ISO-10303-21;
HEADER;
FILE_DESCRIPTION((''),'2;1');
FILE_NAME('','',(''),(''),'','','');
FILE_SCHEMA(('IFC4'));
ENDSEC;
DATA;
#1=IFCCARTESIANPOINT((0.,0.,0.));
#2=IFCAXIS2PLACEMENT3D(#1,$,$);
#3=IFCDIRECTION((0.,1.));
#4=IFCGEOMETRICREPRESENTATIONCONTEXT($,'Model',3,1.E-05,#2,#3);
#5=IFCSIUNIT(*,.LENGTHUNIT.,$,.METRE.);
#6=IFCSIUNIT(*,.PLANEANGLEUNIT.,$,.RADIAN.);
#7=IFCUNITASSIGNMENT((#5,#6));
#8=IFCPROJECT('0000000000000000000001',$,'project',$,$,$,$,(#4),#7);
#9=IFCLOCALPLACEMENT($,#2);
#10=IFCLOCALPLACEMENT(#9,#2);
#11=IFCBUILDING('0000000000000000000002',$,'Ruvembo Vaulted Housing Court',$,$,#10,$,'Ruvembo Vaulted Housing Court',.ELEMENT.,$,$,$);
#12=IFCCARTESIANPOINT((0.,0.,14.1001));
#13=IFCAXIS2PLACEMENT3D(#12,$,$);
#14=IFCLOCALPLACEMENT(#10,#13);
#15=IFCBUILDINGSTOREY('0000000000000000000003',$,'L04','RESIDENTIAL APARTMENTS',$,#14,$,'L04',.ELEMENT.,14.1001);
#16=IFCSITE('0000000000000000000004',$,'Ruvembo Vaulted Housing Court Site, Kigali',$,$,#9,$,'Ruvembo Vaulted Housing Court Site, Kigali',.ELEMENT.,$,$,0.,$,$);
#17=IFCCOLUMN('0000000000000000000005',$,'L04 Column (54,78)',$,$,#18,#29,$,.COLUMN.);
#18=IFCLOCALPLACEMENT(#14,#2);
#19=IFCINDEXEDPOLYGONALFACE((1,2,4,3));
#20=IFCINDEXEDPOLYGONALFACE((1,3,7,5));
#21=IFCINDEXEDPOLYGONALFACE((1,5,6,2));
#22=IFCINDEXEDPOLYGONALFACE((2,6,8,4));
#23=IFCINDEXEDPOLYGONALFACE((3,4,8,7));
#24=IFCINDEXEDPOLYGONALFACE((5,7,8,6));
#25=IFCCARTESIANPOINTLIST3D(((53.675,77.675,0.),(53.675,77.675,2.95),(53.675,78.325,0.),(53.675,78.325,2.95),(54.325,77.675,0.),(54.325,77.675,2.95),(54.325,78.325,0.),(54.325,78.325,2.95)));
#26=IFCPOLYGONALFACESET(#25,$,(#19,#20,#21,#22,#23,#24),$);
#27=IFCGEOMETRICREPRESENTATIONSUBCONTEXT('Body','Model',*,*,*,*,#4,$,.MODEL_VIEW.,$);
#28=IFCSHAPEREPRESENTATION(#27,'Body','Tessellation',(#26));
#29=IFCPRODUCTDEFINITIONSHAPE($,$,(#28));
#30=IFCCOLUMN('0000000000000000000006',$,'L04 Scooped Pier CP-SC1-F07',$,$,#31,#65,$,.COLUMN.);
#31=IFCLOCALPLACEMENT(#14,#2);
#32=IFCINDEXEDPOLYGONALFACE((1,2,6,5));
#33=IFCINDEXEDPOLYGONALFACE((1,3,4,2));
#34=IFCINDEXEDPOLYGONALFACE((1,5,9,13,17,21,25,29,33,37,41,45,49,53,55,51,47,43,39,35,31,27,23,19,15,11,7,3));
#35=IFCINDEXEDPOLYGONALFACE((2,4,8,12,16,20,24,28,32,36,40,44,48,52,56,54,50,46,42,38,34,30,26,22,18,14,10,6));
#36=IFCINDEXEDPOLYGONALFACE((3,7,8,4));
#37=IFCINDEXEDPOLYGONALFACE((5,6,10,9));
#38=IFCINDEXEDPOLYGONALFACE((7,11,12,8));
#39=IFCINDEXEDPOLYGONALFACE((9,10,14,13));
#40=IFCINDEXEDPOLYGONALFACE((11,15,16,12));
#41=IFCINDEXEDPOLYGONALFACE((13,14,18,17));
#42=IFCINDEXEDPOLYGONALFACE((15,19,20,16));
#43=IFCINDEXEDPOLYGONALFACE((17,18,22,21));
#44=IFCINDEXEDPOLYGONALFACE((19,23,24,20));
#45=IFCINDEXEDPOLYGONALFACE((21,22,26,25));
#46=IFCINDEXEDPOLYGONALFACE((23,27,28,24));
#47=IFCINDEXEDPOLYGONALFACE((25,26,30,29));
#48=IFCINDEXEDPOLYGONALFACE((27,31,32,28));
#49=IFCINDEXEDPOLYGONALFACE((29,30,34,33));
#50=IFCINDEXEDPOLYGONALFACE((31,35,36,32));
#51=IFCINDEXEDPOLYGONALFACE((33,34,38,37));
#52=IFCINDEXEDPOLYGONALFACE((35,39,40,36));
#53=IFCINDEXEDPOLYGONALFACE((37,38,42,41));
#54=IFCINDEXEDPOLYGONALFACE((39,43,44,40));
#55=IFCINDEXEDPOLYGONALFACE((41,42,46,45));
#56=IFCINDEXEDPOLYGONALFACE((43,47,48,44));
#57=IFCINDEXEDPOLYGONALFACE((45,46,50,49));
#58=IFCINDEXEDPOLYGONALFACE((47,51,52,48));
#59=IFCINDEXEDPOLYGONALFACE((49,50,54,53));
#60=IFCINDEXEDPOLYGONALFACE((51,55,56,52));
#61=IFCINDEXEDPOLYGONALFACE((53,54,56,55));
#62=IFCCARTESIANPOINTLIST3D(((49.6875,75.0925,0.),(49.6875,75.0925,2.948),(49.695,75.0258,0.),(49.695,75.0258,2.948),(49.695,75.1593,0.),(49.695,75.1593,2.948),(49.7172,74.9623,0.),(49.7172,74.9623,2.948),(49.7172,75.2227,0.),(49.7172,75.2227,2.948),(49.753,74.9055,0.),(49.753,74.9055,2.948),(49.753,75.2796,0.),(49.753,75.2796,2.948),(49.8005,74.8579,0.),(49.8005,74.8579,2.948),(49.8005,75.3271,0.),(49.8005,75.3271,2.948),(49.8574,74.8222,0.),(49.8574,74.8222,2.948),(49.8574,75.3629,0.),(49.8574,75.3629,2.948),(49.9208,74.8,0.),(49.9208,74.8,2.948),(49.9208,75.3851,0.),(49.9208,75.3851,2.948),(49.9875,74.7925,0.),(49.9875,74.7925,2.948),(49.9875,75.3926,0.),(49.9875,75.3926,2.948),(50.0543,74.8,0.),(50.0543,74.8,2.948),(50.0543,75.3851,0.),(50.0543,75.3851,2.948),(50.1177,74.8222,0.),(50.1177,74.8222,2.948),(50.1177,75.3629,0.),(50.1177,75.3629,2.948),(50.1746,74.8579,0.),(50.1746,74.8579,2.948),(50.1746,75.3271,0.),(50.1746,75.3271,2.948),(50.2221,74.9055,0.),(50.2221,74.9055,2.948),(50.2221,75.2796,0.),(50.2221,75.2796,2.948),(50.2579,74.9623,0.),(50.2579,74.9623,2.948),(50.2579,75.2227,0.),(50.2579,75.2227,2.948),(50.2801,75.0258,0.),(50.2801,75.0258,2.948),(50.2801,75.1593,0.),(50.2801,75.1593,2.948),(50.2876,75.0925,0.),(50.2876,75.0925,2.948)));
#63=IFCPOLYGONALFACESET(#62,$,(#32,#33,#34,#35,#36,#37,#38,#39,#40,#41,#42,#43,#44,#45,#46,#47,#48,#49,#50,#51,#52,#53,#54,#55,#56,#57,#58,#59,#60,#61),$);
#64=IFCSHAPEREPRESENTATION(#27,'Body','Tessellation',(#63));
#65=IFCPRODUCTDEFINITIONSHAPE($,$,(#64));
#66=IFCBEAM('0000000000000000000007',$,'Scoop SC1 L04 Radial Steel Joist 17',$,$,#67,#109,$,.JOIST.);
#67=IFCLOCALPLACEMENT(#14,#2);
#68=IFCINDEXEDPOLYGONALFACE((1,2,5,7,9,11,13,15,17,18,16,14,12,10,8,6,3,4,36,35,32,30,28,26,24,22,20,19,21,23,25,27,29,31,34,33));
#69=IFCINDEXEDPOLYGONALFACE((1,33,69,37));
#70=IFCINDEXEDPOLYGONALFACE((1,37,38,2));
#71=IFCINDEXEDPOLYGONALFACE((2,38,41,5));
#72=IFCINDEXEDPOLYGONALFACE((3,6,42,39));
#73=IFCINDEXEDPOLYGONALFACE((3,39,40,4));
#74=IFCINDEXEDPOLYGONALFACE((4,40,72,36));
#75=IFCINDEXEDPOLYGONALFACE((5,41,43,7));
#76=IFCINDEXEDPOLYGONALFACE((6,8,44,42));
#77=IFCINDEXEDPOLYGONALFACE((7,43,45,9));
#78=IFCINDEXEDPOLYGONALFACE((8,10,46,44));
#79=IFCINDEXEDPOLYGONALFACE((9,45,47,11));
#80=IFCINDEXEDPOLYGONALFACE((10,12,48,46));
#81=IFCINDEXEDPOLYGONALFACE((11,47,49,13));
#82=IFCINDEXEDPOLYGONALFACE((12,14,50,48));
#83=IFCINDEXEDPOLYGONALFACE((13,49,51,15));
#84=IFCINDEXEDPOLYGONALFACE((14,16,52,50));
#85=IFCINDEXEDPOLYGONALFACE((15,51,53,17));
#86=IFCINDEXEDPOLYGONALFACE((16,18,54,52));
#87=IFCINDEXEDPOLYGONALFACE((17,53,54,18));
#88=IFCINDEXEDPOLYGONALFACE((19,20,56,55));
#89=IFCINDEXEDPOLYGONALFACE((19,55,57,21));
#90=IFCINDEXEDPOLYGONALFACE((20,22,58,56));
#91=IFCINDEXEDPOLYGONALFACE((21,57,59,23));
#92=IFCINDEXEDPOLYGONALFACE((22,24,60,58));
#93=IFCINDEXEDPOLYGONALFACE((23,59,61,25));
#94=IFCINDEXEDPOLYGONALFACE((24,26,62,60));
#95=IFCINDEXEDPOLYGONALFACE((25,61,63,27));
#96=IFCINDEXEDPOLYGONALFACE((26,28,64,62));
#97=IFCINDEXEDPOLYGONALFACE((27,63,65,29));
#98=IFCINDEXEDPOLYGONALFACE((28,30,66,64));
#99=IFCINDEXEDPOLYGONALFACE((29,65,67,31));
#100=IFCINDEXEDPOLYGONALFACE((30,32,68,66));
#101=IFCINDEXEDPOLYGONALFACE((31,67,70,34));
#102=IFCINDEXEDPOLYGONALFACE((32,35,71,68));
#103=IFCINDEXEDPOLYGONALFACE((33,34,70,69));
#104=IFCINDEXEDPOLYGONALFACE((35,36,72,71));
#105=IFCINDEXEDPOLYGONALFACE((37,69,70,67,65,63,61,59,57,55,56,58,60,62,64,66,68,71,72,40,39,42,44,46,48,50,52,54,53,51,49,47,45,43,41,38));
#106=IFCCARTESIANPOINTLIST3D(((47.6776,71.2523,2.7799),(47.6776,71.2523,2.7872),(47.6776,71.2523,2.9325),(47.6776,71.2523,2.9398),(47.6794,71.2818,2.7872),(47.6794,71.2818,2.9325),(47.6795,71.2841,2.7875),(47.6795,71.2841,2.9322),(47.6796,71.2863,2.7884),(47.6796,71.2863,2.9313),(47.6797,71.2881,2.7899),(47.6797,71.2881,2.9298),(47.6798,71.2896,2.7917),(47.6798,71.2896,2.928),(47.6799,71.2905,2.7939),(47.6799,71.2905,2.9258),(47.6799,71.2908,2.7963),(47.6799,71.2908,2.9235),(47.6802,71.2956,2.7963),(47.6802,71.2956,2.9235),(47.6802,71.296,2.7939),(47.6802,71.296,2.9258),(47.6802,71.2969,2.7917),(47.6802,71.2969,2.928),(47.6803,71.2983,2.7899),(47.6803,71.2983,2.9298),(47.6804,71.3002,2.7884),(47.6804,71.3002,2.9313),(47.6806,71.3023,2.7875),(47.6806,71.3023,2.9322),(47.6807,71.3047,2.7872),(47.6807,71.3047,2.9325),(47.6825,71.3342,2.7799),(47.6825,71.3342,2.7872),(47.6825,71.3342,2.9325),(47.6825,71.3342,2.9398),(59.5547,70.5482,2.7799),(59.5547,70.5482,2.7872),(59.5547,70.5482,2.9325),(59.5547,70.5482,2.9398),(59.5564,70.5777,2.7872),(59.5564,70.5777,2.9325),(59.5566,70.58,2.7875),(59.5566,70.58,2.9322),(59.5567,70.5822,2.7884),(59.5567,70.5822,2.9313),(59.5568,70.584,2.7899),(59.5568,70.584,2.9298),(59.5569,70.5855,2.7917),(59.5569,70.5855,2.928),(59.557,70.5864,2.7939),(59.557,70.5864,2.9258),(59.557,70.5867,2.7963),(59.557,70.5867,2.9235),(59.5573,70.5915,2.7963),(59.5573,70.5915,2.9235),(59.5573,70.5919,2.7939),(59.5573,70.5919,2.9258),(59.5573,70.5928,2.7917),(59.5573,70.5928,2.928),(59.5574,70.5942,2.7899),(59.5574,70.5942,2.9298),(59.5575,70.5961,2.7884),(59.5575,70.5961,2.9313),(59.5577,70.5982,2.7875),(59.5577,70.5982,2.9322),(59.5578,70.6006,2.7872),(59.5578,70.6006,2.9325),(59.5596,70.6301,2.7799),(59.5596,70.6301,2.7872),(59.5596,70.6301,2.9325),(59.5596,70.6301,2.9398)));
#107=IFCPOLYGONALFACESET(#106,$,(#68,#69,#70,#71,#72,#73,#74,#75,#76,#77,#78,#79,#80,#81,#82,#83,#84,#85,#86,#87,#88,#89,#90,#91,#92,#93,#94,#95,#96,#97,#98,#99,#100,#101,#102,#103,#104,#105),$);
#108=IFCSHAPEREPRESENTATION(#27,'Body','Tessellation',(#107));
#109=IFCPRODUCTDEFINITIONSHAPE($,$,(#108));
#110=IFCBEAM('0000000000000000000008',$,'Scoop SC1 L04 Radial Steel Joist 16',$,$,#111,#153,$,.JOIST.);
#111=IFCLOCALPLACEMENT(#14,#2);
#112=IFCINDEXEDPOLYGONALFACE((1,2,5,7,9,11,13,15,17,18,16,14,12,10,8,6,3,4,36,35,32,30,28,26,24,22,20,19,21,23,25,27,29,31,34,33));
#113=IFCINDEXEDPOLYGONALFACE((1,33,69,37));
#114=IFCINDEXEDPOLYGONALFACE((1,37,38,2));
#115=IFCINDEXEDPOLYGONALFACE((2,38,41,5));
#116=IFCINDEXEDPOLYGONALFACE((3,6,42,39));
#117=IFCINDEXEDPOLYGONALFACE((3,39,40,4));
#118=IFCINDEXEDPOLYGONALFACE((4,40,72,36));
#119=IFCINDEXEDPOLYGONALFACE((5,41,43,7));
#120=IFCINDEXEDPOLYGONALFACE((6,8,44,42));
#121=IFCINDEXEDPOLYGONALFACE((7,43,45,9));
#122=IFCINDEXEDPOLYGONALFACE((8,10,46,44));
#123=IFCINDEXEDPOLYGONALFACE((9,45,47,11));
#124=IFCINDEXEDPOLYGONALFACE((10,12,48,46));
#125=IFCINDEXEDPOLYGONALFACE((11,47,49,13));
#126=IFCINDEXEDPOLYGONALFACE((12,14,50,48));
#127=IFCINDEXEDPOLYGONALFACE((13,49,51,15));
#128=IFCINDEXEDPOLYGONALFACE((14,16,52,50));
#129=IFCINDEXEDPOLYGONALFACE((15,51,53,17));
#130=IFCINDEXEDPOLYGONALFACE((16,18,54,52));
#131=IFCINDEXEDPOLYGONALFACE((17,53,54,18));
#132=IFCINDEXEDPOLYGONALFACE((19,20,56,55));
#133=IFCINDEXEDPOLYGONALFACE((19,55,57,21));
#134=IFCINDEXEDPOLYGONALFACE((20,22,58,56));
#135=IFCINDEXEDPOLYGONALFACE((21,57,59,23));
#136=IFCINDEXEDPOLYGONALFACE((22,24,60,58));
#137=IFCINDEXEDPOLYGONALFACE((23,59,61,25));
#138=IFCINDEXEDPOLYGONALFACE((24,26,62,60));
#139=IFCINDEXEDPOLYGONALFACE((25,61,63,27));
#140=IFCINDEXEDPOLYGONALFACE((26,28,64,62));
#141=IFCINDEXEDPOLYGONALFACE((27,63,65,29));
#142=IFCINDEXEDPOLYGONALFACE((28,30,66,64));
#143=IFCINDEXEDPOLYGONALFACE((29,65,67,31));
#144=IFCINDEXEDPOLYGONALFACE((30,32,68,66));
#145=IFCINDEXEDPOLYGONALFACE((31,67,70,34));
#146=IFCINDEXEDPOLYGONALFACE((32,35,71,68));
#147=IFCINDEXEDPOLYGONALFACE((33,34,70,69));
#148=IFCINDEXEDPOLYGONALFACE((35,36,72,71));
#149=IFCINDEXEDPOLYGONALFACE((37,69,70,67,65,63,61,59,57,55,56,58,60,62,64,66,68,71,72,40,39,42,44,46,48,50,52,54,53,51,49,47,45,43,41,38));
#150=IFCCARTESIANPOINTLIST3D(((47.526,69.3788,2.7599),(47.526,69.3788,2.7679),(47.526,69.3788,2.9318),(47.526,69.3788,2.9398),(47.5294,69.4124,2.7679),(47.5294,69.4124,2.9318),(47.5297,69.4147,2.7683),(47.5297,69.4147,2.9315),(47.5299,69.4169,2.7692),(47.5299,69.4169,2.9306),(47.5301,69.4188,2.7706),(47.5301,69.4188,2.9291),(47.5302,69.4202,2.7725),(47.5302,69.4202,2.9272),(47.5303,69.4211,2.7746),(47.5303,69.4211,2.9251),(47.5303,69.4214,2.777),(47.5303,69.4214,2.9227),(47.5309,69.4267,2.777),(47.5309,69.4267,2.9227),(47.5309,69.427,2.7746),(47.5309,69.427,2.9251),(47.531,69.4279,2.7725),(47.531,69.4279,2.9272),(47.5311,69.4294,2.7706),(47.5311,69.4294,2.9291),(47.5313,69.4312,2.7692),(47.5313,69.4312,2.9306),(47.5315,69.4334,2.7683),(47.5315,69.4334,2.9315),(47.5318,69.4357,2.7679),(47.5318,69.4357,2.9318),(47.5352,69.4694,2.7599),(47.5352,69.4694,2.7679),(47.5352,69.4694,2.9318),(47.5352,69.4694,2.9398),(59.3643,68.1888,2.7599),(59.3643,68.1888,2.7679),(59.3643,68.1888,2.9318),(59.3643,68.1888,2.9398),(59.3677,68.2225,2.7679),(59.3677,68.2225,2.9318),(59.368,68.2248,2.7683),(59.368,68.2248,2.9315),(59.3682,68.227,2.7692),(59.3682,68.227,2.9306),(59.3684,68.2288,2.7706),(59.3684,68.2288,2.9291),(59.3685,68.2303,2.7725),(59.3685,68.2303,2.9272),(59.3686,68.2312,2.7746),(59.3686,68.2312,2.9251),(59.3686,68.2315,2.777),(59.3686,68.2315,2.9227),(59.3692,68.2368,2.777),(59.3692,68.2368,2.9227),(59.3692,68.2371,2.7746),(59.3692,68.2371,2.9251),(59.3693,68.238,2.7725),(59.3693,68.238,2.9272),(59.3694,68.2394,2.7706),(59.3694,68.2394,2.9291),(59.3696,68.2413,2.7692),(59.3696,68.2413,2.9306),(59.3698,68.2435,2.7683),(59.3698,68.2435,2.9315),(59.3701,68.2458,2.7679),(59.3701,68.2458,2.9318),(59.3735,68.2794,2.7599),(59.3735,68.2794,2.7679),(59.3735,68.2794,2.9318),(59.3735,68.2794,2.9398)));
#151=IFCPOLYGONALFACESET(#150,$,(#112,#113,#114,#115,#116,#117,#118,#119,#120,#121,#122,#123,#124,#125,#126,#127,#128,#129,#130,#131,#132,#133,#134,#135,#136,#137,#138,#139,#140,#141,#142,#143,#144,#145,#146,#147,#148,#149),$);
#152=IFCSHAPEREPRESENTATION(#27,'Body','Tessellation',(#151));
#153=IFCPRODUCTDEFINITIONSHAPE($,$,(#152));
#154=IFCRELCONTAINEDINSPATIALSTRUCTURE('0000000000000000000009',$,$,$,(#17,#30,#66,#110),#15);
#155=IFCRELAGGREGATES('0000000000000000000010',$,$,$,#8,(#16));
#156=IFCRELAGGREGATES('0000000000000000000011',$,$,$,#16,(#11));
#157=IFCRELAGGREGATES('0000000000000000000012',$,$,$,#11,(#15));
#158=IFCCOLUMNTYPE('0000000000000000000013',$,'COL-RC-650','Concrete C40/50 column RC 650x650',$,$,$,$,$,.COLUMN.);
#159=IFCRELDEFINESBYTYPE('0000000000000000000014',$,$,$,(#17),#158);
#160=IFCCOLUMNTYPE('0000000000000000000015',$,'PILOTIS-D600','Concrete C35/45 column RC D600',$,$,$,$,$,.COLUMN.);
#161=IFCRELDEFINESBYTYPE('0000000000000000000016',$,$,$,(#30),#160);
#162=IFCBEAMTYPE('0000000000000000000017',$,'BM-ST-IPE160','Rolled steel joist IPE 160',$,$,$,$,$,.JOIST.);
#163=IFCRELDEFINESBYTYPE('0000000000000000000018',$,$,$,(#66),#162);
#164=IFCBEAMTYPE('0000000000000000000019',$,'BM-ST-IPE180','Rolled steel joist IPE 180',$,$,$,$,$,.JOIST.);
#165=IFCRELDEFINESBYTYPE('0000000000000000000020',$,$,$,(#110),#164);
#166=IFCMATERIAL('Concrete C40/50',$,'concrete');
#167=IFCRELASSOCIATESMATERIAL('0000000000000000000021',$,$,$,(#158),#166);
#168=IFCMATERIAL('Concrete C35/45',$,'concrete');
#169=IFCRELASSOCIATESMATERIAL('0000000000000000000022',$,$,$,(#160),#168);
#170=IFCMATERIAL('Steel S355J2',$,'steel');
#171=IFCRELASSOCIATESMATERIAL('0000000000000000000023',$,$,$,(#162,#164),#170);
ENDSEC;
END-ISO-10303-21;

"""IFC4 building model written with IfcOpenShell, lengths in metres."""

from ifc_helpers import new_model, si_unit, direction, frame, origin, origin_2d, place, context, subcontext, project, spatial, rectangle, circle, i_section, extrude, material, material_profile, profile_set, type_object, element, save


model = new_model("IFC4")

# Units and contexts
model_context = context("Model", 3, precision=1e-05, world=origin(), true_north=direction((0.0, 1.0)))
body_context = subcontext(model_context, "Body", "Model", "MODEL_VIEW")
ifc_project = project(units=[si_unit("LENGTHUNIT", "METRE"), si_unit("PLANEANGLEUNIT", "RADIAN")], contexts=[model_context])

# Site, building, storey
site_placement = place(None, origin())
site = spatial("IfcSite", under=ifc_project, at=site_placement, Name="Ruvembo Vaulted Housing Court Site, Kigali", LongName="Ruvembo Vaulted Housing Court Site, Kigali", CompositionType="ELEMENT", RefElevation=0.0)
building_placement = place(site_placement, origin())
building = spatial("IfcBuilding", under=site, at=building_placement, Name="Ruvembo Vaulted Housing Court", LongName="Ruvembo Vaulted Housing Court", CompositionType="ELEMENT")
storey_placement = place(building_placement, frame((0.0, 0.0, 14.1001)))
storey = spatial("IfcBuildingStorey", under=building, at=storey_placement, Name="L04", Description="RESIDENTIAL APARTMENTS", LongName="L04", CompositionType="ELEMENT", Elevation=14.1001)

# Columns
ifc_material_1 = material(Name="Concrete C40/50", Category="concrete")
ifc_material_profile_1 = material_profile(ifc_material_1, rectangle(XDim=0.6499, YDim=0.6499, at=origin_2d()), Name="RC 650x650")
ifc_profile_set_1 = profile_set([ifc_material_profile_1], Name="Concrete C40/50")
column_type_1 = type_object("IfcColumnType", Name="COL-RC-650", Description="Concrete C40/50 column RC 650x650", PredefinedType="COLUMN", material=ifc_profile_set_1)
column_1_placement = place(storey_placement, frame((54.0, 78.0, 0.0), z_axis=(0.0, 0.0, 1.0), x_axis=(1.0, 0.0, 0.0)))
element("IfcColumn", 1, at=column_1_placement, inside=storey, type_object=column_type_1, Name="L04 Column (54,78)", PredefinedType="COLUMN", context=body_context, shape_type="SweptSolid", body=[
    extrude(rectangle(XDim=0.6499, YDim=0.6499, at=origin_2d()), origin(), (0.0, 0.0, 1.0), 2.95),
])
ifc_material_2 = material(Name="Concrete C35/45", Category="concrete")
ifc_material_profile_2 = material_profile(ifc_material_2, circle(Radius=0.3, at=origin_2d()), Name="RC D600")
ifc_profile_set_2 = profile_set([ifc_material_profile_2], Name="Concrete C35/45")
column_type_2 = type_object("IfcColumnType", Name="PILOTIS-D600", Description="Concrete C35/45 column RC D600", PredefinedType="COLUMN", material=ifc_profile_set_2)
column_2_placement = place(storey_placement, frame((49.9875, 75.0925, 0.0), z_axis=(0.0, 0.0, 1.0), x_axis=(1.0, 0.0, 0.0)))
element("IfcColumn", 2, at=column_2_placement, inside=storey, type_object=column_type_2, Name="L04 Scooped Pier CP-SC1-F07", PredefinedType="COLUMN", context=body_context, shape_type="SweptSolid", body=[
    extrude(circle(Radius=0.3, at=origin_2d()), origin(), (0.0, 0.0, 1.0), 2.948),
])

# Beams
ifc_material_3 = material(Name="Steel S355J2", Category="steel")
ifc_material_profile_3 = material_profile(ifc_material_3, i_section(OverallWidth=0.082, OverallDepth=0.1599, WebThickness=0.0049, FlangeThickness=0.0073, FilletRadius=0.009, at=origin_2d()), Name="IPE 160")
ifc_profile_set_3 = profile_set([ifc_material_profile_3], Name="Steel S355J2")
beam_type_1 = type_object("IfcBeamType", Name="BM-ST-IPE160", Description="Rolled steel joist IPE 160", PredefinedType="JOIST", material=ifc_profile_set_3)
beam_1_placement = place(storey_placement, frame((59.5571, 70.5891, 2.8599), z_axis=(-0.998247, 0.059178, 0.0), x_axis=(-0.059178, -0.998247, 0.0)))
element("IfcBeam", 3, at=beam_1_placement, inside=storey, type_object=beam_type_1, Name="Scoop SC1 L04 Radial Steel Joist 17", PredefinedType="JOIST", context=body_context, shape_type="SweptSolid", body=[
    extrude(i_section(OverallWidth=0.082, OverallDepth=0.1599, WebThickness=0.0049, FlangeThickness=0.0073, FilletRadius=0.009, at=origin_2d()), origin(), (0.0, 0.0, 1.0), 11.8979),
])
ifc_material_profile_4 = material_profile(ifc_material_3, i_section(OverallWidth=0.0911, OverallDepth=0.1799, WebThickness=0.0054, FlangeThickness=0.0081, FilletRadius=0.009, at=origin_2d()), Name="IPE 180")
ifc_profile_set_4 = profile_set([ifc_material_profile_4], Name="Steel S355J2")
beam_type_2 = type_object("IfcBeamType", Name="BM-ST-IPE180", Description="Rolled steel joist IPE 180", PredefinedType="JOIST", material=ifc_profile_set_4)
beam_2_placement = place(storey_placement, frame((59.3689, 68.2341, 2.8499), z_axis=(-0.994986, 0.100012, 0.0), x_axis=(-0.100012, -0.994986, 0.0)))
element("IfcBeam", 4, at=beam_2_placement, inside=storey, type_object=beam_type_2, Name="Scoop SC1 L04 Radial Steel Joist 16", PredefinedType="JOIST", context=body_context, shape_type="SweptSolid", body=[
    extrude(i_section(OverallWidth=0.0911, OverallDepth=0.1799, WebThickness=0.0054, FlangeThickness=0.0081, FilletRadius=0.009, at=origin_2d()), origin(), (0.0, 0.0, 1.0), 11.8979),
])

save(model, "model.ifc")
